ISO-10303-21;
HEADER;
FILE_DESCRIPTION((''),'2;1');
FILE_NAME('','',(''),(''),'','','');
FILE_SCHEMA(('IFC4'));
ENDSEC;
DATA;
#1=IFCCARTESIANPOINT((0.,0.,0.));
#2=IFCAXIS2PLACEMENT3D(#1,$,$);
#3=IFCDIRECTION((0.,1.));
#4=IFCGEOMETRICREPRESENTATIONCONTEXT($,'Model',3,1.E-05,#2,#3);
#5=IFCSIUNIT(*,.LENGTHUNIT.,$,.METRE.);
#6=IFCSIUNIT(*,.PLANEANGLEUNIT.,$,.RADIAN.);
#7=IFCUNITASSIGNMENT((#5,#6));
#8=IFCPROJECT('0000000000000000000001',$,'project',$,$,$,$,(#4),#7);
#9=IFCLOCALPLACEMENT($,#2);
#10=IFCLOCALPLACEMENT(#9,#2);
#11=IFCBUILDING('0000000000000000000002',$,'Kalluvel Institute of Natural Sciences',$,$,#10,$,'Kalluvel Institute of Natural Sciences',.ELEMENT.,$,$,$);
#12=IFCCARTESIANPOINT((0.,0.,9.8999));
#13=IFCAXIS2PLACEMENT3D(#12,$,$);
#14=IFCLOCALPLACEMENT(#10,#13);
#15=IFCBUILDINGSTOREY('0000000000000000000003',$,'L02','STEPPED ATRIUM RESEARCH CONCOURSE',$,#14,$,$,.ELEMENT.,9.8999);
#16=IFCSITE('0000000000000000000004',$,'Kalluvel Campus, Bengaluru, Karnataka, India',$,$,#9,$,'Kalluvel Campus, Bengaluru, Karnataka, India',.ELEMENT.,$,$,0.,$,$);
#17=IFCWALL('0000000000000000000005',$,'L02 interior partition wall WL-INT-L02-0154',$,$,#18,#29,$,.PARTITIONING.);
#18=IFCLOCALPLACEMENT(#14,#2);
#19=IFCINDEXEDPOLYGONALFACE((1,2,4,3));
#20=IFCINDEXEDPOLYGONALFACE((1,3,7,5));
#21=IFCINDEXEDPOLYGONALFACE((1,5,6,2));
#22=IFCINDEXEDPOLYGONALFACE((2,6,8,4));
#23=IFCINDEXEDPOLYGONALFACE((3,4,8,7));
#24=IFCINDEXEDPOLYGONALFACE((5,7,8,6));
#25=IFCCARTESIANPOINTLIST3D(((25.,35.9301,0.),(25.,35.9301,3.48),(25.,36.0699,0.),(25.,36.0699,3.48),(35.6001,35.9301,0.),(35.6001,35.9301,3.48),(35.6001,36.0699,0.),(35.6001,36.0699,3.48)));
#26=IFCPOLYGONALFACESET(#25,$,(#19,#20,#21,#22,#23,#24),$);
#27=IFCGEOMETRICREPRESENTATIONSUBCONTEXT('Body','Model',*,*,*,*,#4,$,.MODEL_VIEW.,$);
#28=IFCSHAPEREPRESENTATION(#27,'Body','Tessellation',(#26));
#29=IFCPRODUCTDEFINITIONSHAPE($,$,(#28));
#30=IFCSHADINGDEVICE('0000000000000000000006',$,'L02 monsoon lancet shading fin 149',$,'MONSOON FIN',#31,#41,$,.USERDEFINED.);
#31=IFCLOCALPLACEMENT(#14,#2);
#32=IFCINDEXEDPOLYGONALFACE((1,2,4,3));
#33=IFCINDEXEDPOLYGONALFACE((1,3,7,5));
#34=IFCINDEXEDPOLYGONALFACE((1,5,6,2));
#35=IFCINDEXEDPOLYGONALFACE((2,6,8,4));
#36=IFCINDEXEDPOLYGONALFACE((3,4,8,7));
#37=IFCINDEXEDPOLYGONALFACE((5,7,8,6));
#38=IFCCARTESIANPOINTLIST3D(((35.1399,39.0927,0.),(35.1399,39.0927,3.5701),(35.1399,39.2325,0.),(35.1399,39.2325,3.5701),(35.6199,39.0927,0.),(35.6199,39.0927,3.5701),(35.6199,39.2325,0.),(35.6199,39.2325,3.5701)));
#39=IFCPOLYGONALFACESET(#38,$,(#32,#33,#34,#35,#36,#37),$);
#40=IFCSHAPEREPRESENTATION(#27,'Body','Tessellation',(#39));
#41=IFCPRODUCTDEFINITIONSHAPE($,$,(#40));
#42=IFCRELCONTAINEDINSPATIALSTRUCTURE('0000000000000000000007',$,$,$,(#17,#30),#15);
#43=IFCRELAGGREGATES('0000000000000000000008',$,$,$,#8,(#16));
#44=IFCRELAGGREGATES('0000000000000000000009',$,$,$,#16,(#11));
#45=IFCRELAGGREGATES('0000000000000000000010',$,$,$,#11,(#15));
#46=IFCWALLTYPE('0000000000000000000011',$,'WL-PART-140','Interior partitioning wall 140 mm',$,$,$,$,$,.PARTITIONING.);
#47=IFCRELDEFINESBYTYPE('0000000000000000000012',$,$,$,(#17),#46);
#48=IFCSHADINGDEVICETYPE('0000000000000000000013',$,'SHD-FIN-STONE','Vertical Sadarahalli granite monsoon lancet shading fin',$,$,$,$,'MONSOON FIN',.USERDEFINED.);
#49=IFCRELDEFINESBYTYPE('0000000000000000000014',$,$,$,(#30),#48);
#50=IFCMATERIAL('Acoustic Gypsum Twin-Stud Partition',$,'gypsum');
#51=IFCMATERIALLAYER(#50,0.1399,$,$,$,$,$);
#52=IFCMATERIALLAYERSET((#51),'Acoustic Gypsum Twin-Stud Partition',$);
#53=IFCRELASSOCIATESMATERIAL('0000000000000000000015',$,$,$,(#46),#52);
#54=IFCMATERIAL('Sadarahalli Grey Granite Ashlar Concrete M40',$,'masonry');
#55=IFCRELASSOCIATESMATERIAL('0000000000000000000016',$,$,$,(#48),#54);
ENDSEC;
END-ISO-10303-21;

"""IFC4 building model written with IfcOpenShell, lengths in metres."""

from ifc_helpers import new_model, si_unit, direction, frame, frame_2d, origin, origin_2d, place, context, subcontext, project, spatial, rectangle, extrude, material, layer, layer_set, type_object, element, save


model = new_model("IFC4")

# Units and contexts
model_context = context("Model", 3, precision=1e-05, world=origin(), true_north=direction((0.0, 1.0)))
body_context = subcontext(model_context, "Body", "Model", "MODEL_VIEW")
ifc_project = project(units=[si_unit("LENGTHUNIT", "METRE"), si_unit("PLANEANGLEUNIT", "RADIAN")], contexts=[model_context])

# Site, building, storey
site_placement = place(None, origin())
site = spatial("IfcSite", under=ifc_project, at=site_placement, Name="Kalluvel Campus, Bengaluru, Karnataka, India", LongName="Kalluvel Campus, Bengaluru, Karnataka, India", CompositionType="ELEMENT", RefElevation=0.0)
building_placement = place(site_placement, origin())
building = spatial("IfcBuilding", under=site, at=building_placement, Name="Kalluvel Institute of Natural Sciences", LongName="Kalluvel Institute of Natural Sciences", CompositionType="ELEMENT")
storey_placement = place(building_placement, frame((0.0, 0.0, 9.8999)))
storey = spatial("IfcBuildingStorey", under=building, at=storey_placement, Name="L02", Description="STEPPED ATRIUM RESEARCH CONCOURSE", CompositionType="ELEMENT", Elevation=9.8999)

# Shared definitions
ifc_material_1 = material(Name="Acoustic Gypsum Twin-Stud Partition", Category="gypsum")

# Wall
ifc_layer_1 = layer(ifc_material_1, 0.1399)
ifc_layer_set_1 = layer_set([ifc_layer_1], Name="Acoustic Gypsum Twin-Stud Partition")
wall_type_1 = type_object("IfcWallType", Name="WL-PART-140", Description="Interior partitioning wall 140 mm", PredefinedType="PARTITIONING", material=ifc_layer_set_1)
wall_1_placement = place(storey_placement, frame((25.0, 36.0, 0.0), z_axis=(0.0, 0.0, 1.0), x_axis=(1.0, 0.0, 0.0)))
element("IfcWall", 1, at=wall_1_placement, inside=storey, type_object=wall_type_1, Name="L02 interior partition wall WL-INT-L02-0154", PredefinedType="PARTITIONING", context=body_context, shape_type="SweptSolid", body=[
    extrude(rectangle(XDim=10.6001, YDim=0.1399, at=frame_2d((5.3, 0.0))), origin(), (0.0, 0.0, 1.0), 3.48),
])

# Shading device
ifc_material_2 = material(Name="Sadarahalli Grey Granite Ashlar Concrete M40", Category="masonry")
shading_device_type = type_object("IfcShadingDeviceType", Name="SHD-FIN-STONE", Description="Vertical Sadarahalli granite monsoon lancet shading fin", ElementType="MONSOON FIN", PredefinedType="USERDEFINED", material=ifc_material_2)
shading_device_placement = place(storey_placement, frame((35.3799, 39.1626, 0.0), z_axis=(0.0, 0.0, 1.0), x_axis=(0.0, 1.0, 0.0)))
element("IfcShadingDevice", 2, at=shading_device_placement, inside=storey, type_object=shading_device_type, Name="L02 monsoon lancet shading fin 149", ObjectType="MONSOON FIN", PredefinedType="USERDEFINED", context=body_context, shape_type="SweptSolid", body=[
    extrude(rectangle(XDim=0.1399, YDim=0.48, at=origin_2d()), origin(), (0.0, 0.0, 1.0), 3.5701),
])

save(model, "model.ifc")
